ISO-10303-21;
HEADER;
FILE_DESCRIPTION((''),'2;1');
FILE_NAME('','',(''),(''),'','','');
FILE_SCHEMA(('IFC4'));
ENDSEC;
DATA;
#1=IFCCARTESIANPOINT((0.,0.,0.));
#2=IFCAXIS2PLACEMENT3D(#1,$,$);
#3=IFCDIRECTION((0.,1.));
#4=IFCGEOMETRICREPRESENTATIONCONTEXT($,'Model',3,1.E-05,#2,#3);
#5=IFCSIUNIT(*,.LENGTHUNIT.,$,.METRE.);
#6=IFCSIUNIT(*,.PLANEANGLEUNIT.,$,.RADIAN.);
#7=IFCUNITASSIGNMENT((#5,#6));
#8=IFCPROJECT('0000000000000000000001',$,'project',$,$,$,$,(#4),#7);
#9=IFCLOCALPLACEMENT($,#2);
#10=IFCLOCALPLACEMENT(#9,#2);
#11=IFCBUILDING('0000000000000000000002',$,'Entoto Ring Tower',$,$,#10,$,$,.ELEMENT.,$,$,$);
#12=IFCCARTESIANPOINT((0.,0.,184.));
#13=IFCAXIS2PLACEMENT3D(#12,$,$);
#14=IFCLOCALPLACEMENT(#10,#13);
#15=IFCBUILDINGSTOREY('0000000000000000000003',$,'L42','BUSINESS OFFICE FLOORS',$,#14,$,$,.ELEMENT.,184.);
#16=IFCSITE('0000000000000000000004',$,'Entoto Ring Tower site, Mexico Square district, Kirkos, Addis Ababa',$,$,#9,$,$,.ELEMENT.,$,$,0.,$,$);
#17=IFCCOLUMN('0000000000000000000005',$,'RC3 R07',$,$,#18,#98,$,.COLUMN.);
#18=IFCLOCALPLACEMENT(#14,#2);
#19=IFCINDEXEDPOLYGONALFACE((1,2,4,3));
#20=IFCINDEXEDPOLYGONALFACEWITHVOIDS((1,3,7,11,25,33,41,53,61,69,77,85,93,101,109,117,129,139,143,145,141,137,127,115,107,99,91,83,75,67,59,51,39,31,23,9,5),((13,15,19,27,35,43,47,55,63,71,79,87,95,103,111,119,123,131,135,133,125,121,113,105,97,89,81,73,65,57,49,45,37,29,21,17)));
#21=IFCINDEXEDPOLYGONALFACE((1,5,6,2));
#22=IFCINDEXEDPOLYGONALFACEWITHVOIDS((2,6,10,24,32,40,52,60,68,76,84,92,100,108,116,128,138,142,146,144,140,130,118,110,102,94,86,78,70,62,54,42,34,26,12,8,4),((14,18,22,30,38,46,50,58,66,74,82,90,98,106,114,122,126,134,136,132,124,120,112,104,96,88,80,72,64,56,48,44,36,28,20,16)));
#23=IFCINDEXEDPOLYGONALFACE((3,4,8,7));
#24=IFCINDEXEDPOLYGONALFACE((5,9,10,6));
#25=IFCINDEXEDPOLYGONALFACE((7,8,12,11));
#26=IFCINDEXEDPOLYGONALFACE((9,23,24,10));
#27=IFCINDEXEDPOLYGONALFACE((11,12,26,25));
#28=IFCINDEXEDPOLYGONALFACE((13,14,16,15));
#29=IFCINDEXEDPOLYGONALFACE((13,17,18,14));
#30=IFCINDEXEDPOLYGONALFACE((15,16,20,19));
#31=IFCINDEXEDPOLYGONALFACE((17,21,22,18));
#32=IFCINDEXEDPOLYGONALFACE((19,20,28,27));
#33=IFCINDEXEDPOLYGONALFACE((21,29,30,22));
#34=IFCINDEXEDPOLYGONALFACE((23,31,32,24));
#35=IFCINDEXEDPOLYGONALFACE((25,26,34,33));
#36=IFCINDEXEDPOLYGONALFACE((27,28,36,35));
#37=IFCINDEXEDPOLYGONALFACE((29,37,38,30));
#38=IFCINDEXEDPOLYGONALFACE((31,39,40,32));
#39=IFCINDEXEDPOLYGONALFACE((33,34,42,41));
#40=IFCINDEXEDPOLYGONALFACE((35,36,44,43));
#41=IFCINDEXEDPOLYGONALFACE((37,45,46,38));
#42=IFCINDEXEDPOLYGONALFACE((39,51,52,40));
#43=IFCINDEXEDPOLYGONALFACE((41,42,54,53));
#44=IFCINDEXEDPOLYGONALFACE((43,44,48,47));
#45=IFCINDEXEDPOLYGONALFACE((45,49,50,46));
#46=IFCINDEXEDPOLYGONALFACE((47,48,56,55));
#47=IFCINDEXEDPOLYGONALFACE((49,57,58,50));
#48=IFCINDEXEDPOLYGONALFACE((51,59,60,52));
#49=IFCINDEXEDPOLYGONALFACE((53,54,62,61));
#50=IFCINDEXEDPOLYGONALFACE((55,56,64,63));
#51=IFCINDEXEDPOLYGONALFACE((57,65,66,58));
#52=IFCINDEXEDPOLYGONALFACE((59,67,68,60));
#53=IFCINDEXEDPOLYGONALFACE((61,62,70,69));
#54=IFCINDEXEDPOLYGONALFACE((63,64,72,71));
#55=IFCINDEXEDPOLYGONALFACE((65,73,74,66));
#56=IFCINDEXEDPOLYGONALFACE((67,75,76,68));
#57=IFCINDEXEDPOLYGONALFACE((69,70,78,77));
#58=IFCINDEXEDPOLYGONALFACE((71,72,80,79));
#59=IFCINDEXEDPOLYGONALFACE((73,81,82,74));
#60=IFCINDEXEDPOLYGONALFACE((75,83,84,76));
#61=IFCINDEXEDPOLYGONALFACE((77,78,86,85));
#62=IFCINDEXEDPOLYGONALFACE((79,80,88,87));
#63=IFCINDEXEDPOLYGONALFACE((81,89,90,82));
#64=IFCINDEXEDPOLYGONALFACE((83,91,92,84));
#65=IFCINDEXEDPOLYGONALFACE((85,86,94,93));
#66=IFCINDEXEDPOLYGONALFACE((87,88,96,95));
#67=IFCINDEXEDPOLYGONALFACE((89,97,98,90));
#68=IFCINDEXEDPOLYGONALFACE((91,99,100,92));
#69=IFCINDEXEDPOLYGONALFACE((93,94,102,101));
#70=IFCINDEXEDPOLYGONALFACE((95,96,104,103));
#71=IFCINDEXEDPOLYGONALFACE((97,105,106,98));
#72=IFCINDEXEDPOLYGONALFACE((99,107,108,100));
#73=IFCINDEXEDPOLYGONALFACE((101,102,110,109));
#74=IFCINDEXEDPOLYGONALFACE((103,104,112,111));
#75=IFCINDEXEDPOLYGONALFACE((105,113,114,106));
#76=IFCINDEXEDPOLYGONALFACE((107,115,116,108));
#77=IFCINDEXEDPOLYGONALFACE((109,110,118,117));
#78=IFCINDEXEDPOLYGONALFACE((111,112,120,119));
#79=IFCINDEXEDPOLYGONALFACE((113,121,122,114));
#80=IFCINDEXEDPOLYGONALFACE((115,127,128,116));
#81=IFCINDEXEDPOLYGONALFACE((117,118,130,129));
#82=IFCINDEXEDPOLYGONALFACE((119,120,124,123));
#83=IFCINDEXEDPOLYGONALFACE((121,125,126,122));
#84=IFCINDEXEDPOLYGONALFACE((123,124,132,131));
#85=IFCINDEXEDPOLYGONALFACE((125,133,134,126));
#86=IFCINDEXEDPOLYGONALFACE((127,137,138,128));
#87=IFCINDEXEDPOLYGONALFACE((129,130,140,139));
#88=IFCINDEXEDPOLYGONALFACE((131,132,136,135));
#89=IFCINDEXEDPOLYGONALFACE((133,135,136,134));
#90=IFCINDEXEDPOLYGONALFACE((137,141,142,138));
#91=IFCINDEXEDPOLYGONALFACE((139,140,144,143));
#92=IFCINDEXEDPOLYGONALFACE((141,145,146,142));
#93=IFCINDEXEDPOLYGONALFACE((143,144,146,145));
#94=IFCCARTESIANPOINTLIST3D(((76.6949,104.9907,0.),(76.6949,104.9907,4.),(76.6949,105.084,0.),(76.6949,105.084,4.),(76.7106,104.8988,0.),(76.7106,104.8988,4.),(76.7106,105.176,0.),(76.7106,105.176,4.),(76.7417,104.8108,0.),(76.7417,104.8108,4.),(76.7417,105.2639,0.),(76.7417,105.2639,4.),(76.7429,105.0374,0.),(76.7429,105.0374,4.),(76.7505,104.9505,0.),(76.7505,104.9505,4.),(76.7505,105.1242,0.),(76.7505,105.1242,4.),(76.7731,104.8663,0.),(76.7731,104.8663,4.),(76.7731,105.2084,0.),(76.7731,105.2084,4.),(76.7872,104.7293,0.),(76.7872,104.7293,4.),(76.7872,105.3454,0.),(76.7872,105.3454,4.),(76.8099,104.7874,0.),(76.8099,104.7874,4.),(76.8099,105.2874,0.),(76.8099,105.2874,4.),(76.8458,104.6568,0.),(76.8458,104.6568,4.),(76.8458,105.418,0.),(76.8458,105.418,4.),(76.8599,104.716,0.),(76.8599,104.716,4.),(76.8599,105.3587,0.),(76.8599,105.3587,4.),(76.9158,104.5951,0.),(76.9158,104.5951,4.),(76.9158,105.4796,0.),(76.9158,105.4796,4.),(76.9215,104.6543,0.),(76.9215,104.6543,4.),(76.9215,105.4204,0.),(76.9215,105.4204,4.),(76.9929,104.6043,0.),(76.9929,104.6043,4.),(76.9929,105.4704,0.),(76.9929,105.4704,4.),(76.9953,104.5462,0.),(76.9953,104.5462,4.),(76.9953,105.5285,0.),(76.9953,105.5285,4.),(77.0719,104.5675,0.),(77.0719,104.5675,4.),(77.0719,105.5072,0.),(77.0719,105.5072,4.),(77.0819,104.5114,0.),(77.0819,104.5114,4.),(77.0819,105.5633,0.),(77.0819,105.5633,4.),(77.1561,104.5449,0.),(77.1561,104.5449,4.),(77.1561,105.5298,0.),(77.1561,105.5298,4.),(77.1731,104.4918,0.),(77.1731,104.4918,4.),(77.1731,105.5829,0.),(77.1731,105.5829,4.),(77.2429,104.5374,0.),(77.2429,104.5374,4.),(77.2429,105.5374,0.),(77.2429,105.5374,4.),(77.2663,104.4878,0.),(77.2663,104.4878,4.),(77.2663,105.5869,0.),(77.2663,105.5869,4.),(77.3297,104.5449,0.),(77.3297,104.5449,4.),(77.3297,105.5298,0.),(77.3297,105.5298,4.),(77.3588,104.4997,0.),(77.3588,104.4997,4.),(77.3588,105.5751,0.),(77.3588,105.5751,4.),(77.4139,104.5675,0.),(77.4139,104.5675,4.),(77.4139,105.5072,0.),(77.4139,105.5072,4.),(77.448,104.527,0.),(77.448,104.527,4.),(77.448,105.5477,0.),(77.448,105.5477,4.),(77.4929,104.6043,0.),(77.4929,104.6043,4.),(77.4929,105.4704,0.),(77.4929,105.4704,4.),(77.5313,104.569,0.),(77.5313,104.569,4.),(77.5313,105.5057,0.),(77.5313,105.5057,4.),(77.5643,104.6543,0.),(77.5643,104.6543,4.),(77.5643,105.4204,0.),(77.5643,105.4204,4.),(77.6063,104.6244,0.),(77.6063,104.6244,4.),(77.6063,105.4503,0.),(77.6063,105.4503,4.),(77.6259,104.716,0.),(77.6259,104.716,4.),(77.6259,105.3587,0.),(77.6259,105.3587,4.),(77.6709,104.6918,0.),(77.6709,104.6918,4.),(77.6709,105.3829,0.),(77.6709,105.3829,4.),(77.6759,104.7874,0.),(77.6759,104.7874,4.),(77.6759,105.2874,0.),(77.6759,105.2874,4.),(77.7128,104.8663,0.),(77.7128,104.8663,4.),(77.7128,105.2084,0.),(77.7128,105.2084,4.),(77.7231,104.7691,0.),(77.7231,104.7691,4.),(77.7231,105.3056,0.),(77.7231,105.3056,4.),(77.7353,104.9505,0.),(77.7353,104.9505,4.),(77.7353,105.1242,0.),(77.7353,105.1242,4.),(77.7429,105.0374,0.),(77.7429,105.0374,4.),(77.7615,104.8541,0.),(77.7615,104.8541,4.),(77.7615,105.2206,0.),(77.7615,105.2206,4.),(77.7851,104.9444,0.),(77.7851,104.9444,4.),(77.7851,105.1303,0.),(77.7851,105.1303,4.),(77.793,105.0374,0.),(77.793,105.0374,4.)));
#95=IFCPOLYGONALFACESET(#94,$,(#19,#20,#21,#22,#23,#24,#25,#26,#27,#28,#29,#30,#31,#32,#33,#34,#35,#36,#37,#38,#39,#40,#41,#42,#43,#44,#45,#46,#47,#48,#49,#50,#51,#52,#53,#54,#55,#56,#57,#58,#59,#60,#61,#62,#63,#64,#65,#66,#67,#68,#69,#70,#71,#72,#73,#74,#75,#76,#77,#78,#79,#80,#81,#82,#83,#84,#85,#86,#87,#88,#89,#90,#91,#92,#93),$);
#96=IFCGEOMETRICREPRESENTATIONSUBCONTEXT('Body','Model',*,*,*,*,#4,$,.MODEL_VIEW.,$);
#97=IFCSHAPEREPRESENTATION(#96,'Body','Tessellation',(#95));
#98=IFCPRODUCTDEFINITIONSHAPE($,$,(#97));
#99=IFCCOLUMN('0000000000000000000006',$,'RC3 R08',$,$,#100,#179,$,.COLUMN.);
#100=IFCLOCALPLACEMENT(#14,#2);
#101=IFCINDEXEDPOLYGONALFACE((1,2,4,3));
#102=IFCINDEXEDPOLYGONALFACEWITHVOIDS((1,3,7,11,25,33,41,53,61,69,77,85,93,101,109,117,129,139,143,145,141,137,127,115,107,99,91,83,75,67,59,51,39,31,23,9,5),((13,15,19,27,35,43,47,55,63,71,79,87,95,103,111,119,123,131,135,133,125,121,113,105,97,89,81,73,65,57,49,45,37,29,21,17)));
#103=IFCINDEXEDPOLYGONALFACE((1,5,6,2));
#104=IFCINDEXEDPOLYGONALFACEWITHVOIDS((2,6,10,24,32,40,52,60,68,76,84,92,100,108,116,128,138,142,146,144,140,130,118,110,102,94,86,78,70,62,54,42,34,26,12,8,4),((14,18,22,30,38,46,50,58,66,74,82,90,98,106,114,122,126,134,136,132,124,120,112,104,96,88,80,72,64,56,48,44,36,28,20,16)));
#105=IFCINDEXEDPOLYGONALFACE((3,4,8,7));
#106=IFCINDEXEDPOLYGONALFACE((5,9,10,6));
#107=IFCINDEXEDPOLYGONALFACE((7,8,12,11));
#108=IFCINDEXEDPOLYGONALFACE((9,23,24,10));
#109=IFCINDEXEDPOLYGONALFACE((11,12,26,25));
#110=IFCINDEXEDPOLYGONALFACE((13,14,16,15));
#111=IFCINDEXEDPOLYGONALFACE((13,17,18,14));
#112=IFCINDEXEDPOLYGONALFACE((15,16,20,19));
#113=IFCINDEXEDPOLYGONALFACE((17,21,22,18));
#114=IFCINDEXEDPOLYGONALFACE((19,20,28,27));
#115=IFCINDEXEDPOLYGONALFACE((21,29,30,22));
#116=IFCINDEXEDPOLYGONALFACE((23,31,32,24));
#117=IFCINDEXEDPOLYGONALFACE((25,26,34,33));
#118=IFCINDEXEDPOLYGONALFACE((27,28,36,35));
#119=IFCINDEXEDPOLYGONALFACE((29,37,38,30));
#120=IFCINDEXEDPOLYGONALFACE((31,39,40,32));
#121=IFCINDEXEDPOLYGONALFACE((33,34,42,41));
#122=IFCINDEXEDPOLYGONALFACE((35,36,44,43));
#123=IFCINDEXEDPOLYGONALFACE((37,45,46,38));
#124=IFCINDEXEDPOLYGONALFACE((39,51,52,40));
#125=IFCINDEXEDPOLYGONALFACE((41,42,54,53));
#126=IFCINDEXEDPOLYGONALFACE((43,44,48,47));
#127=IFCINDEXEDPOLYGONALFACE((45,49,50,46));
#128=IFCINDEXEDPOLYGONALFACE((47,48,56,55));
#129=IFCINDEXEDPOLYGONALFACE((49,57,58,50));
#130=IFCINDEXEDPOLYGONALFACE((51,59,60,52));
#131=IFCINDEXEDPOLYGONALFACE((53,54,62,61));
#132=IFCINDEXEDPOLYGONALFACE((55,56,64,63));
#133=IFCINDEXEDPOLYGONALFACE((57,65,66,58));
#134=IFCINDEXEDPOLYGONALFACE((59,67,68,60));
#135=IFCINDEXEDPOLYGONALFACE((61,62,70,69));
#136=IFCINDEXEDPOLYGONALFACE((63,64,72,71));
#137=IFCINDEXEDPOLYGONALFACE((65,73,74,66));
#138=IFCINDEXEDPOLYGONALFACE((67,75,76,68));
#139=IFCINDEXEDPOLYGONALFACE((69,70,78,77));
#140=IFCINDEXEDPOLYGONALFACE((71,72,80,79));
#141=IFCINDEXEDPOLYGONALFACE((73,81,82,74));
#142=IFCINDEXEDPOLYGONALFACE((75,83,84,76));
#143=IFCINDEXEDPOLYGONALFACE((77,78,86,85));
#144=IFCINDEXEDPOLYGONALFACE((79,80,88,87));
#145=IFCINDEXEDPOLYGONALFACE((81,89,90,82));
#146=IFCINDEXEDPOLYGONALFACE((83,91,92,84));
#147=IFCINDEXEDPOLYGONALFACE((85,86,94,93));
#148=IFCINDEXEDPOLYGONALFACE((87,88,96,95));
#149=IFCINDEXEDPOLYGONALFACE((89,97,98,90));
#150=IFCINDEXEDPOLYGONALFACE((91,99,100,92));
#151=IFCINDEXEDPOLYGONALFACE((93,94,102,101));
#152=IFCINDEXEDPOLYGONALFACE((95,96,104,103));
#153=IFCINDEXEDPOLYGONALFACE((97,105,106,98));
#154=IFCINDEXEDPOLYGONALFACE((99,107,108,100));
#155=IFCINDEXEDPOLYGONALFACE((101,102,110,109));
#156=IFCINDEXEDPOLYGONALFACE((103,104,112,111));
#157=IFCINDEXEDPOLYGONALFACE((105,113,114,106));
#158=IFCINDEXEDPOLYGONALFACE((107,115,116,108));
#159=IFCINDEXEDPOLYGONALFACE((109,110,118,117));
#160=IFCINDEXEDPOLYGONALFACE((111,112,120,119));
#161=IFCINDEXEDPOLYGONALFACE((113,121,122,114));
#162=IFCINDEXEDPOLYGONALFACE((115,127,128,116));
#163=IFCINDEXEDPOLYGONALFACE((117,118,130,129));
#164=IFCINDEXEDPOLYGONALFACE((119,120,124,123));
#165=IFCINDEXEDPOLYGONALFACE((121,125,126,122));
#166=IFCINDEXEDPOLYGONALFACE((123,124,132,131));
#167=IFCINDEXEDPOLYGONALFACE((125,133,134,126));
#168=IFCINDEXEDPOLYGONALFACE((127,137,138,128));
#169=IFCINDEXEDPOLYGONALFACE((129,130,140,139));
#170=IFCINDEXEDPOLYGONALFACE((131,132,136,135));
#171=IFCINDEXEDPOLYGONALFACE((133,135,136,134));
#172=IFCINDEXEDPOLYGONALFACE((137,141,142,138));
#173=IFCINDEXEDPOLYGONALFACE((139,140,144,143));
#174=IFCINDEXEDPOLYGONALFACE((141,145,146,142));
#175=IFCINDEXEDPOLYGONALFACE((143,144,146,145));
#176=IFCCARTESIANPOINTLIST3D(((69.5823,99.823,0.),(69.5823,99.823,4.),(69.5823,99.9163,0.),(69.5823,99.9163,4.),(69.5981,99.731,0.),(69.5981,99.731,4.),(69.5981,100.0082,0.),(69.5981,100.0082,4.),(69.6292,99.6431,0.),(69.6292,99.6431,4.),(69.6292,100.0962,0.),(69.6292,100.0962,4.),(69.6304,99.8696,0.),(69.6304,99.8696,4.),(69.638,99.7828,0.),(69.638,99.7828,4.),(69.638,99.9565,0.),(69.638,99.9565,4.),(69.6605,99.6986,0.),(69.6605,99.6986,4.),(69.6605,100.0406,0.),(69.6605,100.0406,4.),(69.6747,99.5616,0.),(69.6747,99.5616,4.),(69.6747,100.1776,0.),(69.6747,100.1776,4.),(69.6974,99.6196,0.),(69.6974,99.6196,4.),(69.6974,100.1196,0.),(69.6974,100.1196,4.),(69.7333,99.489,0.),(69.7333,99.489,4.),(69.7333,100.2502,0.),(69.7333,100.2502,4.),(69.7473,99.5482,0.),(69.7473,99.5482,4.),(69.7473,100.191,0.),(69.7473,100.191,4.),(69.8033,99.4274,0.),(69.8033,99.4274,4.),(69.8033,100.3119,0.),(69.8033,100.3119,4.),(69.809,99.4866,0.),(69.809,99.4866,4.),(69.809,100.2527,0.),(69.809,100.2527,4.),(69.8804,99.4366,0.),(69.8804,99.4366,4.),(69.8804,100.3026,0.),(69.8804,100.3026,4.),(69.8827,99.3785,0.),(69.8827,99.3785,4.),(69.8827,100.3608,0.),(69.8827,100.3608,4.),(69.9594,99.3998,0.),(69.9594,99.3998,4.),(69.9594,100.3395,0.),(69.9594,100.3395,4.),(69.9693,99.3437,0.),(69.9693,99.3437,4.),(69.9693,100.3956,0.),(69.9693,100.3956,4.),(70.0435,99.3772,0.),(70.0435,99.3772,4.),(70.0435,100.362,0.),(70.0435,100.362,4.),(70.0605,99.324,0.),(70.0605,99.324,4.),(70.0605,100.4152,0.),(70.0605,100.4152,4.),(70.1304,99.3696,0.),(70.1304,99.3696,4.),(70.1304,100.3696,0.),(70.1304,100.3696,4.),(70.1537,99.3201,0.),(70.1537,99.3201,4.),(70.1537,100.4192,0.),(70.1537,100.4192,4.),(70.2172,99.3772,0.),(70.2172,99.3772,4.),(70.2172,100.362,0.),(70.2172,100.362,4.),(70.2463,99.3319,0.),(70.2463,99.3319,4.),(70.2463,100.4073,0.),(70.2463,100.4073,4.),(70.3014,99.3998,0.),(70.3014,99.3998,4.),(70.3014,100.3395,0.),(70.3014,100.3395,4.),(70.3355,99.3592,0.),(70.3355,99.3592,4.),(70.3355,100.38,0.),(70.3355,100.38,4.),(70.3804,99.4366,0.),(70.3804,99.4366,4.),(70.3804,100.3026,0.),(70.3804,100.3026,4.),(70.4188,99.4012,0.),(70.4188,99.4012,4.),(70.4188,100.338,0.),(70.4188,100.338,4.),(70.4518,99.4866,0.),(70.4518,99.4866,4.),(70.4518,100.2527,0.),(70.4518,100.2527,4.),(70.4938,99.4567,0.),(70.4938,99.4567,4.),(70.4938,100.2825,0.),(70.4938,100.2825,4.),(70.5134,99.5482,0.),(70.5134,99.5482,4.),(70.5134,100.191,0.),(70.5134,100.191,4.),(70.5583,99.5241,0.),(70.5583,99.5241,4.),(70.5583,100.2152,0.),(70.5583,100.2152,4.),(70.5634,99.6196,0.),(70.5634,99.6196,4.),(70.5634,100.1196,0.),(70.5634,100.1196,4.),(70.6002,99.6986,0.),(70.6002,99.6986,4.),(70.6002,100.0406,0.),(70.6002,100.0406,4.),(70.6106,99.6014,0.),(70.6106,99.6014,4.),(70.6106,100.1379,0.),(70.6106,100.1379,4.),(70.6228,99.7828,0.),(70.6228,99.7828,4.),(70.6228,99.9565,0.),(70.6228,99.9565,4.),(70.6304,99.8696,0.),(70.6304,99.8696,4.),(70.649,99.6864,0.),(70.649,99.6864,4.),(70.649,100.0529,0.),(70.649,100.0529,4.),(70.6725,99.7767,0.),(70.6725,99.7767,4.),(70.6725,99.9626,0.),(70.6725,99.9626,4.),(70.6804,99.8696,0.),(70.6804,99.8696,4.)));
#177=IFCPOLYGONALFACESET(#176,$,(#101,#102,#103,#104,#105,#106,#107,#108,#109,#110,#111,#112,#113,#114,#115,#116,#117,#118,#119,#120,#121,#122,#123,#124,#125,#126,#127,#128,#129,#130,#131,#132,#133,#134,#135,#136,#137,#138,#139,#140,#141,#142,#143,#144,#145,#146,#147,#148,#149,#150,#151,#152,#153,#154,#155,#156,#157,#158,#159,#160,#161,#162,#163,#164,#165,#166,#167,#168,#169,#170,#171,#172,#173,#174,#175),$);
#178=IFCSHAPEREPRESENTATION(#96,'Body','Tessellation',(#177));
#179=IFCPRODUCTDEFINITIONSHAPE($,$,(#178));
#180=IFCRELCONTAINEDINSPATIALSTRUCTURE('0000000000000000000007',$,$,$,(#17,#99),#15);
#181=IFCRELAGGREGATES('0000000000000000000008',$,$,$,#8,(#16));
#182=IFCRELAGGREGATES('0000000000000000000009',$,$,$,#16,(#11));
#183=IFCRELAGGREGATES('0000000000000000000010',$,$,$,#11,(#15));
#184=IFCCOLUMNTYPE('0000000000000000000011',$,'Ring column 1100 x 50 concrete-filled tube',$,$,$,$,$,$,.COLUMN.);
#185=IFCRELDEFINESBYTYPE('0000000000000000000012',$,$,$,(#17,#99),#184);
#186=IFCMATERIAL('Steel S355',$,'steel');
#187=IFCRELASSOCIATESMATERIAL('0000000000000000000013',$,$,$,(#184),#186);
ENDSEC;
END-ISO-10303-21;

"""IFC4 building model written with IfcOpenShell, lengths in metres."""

from ifc_helpers import new_model, si_unit, direction, frame, origin, origin_2d, place, context, subcontext, project, spatial, circle, hollow_circle, extrude, material, material_profile, profile_set, type_object, element, save


model = new_model("IFC4")

# Units and contexts
model_context = context("Model", 3, precision=1e-05, world=origin(), true_north=direction((0.0, 1.0)))
body_context = subcontext(model_context, "Body", "Model", "MODEL_VIEW")
ifc_project = project(units=[si_unit("LENGTHUNIT", "METRE"), si_unit("PLANEANGLEUNIT", "RADIAN")], contexts=[model_context])

# Site, building, storey
site_placement = place(None, origin())
site = spatial("IfcSite", under=ifc_project, at=site_placement, Name="Entoto Ring Tower site, Mexico Square district, Kirkos, Addis Ababa", CompositionType="ELEMENT", RefElevation=0.0)
building_placement = place(site_placement, origin())
building = spatial("IfcBuilding", under=site, at=building_placement, Name="Entoto Ring Tower", CompositionType="ELEMENT")
storey_placement = place(building_placement, frame((0.0, 0.0, 184.0)))
storey = spatial("IfcBuildingStorey", under=building, at=storey_placement, Name="L42", Description="BUSINESS OFFICE FLOORS", CompositionType="ELEMENT", Elevation=184.0)

# Columns
ifc_material_1 = material(Name="Steel S355", Category="steel")
ifc_material_profile_1 = material_profile(ifc_material_1, hollow_circle(Radius=0.55, WallThickness=0.05, at=origin_2d()), Name="CHS 1100 x 50")
ifc_material_2 = material(Name="Concrete C60/75", Category="concrete")
ifc_material_profile_2 = material_profile(ifc_material_2, circle(Radius=0.5, at=origin_2d()), Name="Concrete C60/75 infill")
ifc_profile_set_1 = profile_set([ifc_material_profile_1, ifc_material_profile_2], Name="Steel S355")
column_type = type_object("IfcColumnType", Name="Ring column 1100 x 50 concrete-filled tube", PredefinedType="COLUMN", material=ifc_profile_set_1)
for number, where, z_axis, x_axis, name in (
    (1, (77.2429, 105.0374, 0.0), (0.0, 0.0, 1.0), (1.0, 0.0, 0.0), "RC3 R07"),
    (2, (70.1304, 99.8696, 0.0), (0.0, 0.0, 1.0), (1.0, 0.0, 0.0), "RC3 R08"),
):
    element("IfcColumn", number, at=place(storey_placement, frame(where, z_axis=z_axis, x_axis=x_axis)), inside=storey, type_object=column_type, Name=name, PredefinedType="COLUMN", context=body_context, shape_type="SweptSolid", body=[
        extrude(hollow_circle(Radius=0.55, WallThickness=0.05, at=origin_2d()), origin(), (0.0, 0.0, 1.0), 4.0),
    ])

save(model, "model.ifc")
